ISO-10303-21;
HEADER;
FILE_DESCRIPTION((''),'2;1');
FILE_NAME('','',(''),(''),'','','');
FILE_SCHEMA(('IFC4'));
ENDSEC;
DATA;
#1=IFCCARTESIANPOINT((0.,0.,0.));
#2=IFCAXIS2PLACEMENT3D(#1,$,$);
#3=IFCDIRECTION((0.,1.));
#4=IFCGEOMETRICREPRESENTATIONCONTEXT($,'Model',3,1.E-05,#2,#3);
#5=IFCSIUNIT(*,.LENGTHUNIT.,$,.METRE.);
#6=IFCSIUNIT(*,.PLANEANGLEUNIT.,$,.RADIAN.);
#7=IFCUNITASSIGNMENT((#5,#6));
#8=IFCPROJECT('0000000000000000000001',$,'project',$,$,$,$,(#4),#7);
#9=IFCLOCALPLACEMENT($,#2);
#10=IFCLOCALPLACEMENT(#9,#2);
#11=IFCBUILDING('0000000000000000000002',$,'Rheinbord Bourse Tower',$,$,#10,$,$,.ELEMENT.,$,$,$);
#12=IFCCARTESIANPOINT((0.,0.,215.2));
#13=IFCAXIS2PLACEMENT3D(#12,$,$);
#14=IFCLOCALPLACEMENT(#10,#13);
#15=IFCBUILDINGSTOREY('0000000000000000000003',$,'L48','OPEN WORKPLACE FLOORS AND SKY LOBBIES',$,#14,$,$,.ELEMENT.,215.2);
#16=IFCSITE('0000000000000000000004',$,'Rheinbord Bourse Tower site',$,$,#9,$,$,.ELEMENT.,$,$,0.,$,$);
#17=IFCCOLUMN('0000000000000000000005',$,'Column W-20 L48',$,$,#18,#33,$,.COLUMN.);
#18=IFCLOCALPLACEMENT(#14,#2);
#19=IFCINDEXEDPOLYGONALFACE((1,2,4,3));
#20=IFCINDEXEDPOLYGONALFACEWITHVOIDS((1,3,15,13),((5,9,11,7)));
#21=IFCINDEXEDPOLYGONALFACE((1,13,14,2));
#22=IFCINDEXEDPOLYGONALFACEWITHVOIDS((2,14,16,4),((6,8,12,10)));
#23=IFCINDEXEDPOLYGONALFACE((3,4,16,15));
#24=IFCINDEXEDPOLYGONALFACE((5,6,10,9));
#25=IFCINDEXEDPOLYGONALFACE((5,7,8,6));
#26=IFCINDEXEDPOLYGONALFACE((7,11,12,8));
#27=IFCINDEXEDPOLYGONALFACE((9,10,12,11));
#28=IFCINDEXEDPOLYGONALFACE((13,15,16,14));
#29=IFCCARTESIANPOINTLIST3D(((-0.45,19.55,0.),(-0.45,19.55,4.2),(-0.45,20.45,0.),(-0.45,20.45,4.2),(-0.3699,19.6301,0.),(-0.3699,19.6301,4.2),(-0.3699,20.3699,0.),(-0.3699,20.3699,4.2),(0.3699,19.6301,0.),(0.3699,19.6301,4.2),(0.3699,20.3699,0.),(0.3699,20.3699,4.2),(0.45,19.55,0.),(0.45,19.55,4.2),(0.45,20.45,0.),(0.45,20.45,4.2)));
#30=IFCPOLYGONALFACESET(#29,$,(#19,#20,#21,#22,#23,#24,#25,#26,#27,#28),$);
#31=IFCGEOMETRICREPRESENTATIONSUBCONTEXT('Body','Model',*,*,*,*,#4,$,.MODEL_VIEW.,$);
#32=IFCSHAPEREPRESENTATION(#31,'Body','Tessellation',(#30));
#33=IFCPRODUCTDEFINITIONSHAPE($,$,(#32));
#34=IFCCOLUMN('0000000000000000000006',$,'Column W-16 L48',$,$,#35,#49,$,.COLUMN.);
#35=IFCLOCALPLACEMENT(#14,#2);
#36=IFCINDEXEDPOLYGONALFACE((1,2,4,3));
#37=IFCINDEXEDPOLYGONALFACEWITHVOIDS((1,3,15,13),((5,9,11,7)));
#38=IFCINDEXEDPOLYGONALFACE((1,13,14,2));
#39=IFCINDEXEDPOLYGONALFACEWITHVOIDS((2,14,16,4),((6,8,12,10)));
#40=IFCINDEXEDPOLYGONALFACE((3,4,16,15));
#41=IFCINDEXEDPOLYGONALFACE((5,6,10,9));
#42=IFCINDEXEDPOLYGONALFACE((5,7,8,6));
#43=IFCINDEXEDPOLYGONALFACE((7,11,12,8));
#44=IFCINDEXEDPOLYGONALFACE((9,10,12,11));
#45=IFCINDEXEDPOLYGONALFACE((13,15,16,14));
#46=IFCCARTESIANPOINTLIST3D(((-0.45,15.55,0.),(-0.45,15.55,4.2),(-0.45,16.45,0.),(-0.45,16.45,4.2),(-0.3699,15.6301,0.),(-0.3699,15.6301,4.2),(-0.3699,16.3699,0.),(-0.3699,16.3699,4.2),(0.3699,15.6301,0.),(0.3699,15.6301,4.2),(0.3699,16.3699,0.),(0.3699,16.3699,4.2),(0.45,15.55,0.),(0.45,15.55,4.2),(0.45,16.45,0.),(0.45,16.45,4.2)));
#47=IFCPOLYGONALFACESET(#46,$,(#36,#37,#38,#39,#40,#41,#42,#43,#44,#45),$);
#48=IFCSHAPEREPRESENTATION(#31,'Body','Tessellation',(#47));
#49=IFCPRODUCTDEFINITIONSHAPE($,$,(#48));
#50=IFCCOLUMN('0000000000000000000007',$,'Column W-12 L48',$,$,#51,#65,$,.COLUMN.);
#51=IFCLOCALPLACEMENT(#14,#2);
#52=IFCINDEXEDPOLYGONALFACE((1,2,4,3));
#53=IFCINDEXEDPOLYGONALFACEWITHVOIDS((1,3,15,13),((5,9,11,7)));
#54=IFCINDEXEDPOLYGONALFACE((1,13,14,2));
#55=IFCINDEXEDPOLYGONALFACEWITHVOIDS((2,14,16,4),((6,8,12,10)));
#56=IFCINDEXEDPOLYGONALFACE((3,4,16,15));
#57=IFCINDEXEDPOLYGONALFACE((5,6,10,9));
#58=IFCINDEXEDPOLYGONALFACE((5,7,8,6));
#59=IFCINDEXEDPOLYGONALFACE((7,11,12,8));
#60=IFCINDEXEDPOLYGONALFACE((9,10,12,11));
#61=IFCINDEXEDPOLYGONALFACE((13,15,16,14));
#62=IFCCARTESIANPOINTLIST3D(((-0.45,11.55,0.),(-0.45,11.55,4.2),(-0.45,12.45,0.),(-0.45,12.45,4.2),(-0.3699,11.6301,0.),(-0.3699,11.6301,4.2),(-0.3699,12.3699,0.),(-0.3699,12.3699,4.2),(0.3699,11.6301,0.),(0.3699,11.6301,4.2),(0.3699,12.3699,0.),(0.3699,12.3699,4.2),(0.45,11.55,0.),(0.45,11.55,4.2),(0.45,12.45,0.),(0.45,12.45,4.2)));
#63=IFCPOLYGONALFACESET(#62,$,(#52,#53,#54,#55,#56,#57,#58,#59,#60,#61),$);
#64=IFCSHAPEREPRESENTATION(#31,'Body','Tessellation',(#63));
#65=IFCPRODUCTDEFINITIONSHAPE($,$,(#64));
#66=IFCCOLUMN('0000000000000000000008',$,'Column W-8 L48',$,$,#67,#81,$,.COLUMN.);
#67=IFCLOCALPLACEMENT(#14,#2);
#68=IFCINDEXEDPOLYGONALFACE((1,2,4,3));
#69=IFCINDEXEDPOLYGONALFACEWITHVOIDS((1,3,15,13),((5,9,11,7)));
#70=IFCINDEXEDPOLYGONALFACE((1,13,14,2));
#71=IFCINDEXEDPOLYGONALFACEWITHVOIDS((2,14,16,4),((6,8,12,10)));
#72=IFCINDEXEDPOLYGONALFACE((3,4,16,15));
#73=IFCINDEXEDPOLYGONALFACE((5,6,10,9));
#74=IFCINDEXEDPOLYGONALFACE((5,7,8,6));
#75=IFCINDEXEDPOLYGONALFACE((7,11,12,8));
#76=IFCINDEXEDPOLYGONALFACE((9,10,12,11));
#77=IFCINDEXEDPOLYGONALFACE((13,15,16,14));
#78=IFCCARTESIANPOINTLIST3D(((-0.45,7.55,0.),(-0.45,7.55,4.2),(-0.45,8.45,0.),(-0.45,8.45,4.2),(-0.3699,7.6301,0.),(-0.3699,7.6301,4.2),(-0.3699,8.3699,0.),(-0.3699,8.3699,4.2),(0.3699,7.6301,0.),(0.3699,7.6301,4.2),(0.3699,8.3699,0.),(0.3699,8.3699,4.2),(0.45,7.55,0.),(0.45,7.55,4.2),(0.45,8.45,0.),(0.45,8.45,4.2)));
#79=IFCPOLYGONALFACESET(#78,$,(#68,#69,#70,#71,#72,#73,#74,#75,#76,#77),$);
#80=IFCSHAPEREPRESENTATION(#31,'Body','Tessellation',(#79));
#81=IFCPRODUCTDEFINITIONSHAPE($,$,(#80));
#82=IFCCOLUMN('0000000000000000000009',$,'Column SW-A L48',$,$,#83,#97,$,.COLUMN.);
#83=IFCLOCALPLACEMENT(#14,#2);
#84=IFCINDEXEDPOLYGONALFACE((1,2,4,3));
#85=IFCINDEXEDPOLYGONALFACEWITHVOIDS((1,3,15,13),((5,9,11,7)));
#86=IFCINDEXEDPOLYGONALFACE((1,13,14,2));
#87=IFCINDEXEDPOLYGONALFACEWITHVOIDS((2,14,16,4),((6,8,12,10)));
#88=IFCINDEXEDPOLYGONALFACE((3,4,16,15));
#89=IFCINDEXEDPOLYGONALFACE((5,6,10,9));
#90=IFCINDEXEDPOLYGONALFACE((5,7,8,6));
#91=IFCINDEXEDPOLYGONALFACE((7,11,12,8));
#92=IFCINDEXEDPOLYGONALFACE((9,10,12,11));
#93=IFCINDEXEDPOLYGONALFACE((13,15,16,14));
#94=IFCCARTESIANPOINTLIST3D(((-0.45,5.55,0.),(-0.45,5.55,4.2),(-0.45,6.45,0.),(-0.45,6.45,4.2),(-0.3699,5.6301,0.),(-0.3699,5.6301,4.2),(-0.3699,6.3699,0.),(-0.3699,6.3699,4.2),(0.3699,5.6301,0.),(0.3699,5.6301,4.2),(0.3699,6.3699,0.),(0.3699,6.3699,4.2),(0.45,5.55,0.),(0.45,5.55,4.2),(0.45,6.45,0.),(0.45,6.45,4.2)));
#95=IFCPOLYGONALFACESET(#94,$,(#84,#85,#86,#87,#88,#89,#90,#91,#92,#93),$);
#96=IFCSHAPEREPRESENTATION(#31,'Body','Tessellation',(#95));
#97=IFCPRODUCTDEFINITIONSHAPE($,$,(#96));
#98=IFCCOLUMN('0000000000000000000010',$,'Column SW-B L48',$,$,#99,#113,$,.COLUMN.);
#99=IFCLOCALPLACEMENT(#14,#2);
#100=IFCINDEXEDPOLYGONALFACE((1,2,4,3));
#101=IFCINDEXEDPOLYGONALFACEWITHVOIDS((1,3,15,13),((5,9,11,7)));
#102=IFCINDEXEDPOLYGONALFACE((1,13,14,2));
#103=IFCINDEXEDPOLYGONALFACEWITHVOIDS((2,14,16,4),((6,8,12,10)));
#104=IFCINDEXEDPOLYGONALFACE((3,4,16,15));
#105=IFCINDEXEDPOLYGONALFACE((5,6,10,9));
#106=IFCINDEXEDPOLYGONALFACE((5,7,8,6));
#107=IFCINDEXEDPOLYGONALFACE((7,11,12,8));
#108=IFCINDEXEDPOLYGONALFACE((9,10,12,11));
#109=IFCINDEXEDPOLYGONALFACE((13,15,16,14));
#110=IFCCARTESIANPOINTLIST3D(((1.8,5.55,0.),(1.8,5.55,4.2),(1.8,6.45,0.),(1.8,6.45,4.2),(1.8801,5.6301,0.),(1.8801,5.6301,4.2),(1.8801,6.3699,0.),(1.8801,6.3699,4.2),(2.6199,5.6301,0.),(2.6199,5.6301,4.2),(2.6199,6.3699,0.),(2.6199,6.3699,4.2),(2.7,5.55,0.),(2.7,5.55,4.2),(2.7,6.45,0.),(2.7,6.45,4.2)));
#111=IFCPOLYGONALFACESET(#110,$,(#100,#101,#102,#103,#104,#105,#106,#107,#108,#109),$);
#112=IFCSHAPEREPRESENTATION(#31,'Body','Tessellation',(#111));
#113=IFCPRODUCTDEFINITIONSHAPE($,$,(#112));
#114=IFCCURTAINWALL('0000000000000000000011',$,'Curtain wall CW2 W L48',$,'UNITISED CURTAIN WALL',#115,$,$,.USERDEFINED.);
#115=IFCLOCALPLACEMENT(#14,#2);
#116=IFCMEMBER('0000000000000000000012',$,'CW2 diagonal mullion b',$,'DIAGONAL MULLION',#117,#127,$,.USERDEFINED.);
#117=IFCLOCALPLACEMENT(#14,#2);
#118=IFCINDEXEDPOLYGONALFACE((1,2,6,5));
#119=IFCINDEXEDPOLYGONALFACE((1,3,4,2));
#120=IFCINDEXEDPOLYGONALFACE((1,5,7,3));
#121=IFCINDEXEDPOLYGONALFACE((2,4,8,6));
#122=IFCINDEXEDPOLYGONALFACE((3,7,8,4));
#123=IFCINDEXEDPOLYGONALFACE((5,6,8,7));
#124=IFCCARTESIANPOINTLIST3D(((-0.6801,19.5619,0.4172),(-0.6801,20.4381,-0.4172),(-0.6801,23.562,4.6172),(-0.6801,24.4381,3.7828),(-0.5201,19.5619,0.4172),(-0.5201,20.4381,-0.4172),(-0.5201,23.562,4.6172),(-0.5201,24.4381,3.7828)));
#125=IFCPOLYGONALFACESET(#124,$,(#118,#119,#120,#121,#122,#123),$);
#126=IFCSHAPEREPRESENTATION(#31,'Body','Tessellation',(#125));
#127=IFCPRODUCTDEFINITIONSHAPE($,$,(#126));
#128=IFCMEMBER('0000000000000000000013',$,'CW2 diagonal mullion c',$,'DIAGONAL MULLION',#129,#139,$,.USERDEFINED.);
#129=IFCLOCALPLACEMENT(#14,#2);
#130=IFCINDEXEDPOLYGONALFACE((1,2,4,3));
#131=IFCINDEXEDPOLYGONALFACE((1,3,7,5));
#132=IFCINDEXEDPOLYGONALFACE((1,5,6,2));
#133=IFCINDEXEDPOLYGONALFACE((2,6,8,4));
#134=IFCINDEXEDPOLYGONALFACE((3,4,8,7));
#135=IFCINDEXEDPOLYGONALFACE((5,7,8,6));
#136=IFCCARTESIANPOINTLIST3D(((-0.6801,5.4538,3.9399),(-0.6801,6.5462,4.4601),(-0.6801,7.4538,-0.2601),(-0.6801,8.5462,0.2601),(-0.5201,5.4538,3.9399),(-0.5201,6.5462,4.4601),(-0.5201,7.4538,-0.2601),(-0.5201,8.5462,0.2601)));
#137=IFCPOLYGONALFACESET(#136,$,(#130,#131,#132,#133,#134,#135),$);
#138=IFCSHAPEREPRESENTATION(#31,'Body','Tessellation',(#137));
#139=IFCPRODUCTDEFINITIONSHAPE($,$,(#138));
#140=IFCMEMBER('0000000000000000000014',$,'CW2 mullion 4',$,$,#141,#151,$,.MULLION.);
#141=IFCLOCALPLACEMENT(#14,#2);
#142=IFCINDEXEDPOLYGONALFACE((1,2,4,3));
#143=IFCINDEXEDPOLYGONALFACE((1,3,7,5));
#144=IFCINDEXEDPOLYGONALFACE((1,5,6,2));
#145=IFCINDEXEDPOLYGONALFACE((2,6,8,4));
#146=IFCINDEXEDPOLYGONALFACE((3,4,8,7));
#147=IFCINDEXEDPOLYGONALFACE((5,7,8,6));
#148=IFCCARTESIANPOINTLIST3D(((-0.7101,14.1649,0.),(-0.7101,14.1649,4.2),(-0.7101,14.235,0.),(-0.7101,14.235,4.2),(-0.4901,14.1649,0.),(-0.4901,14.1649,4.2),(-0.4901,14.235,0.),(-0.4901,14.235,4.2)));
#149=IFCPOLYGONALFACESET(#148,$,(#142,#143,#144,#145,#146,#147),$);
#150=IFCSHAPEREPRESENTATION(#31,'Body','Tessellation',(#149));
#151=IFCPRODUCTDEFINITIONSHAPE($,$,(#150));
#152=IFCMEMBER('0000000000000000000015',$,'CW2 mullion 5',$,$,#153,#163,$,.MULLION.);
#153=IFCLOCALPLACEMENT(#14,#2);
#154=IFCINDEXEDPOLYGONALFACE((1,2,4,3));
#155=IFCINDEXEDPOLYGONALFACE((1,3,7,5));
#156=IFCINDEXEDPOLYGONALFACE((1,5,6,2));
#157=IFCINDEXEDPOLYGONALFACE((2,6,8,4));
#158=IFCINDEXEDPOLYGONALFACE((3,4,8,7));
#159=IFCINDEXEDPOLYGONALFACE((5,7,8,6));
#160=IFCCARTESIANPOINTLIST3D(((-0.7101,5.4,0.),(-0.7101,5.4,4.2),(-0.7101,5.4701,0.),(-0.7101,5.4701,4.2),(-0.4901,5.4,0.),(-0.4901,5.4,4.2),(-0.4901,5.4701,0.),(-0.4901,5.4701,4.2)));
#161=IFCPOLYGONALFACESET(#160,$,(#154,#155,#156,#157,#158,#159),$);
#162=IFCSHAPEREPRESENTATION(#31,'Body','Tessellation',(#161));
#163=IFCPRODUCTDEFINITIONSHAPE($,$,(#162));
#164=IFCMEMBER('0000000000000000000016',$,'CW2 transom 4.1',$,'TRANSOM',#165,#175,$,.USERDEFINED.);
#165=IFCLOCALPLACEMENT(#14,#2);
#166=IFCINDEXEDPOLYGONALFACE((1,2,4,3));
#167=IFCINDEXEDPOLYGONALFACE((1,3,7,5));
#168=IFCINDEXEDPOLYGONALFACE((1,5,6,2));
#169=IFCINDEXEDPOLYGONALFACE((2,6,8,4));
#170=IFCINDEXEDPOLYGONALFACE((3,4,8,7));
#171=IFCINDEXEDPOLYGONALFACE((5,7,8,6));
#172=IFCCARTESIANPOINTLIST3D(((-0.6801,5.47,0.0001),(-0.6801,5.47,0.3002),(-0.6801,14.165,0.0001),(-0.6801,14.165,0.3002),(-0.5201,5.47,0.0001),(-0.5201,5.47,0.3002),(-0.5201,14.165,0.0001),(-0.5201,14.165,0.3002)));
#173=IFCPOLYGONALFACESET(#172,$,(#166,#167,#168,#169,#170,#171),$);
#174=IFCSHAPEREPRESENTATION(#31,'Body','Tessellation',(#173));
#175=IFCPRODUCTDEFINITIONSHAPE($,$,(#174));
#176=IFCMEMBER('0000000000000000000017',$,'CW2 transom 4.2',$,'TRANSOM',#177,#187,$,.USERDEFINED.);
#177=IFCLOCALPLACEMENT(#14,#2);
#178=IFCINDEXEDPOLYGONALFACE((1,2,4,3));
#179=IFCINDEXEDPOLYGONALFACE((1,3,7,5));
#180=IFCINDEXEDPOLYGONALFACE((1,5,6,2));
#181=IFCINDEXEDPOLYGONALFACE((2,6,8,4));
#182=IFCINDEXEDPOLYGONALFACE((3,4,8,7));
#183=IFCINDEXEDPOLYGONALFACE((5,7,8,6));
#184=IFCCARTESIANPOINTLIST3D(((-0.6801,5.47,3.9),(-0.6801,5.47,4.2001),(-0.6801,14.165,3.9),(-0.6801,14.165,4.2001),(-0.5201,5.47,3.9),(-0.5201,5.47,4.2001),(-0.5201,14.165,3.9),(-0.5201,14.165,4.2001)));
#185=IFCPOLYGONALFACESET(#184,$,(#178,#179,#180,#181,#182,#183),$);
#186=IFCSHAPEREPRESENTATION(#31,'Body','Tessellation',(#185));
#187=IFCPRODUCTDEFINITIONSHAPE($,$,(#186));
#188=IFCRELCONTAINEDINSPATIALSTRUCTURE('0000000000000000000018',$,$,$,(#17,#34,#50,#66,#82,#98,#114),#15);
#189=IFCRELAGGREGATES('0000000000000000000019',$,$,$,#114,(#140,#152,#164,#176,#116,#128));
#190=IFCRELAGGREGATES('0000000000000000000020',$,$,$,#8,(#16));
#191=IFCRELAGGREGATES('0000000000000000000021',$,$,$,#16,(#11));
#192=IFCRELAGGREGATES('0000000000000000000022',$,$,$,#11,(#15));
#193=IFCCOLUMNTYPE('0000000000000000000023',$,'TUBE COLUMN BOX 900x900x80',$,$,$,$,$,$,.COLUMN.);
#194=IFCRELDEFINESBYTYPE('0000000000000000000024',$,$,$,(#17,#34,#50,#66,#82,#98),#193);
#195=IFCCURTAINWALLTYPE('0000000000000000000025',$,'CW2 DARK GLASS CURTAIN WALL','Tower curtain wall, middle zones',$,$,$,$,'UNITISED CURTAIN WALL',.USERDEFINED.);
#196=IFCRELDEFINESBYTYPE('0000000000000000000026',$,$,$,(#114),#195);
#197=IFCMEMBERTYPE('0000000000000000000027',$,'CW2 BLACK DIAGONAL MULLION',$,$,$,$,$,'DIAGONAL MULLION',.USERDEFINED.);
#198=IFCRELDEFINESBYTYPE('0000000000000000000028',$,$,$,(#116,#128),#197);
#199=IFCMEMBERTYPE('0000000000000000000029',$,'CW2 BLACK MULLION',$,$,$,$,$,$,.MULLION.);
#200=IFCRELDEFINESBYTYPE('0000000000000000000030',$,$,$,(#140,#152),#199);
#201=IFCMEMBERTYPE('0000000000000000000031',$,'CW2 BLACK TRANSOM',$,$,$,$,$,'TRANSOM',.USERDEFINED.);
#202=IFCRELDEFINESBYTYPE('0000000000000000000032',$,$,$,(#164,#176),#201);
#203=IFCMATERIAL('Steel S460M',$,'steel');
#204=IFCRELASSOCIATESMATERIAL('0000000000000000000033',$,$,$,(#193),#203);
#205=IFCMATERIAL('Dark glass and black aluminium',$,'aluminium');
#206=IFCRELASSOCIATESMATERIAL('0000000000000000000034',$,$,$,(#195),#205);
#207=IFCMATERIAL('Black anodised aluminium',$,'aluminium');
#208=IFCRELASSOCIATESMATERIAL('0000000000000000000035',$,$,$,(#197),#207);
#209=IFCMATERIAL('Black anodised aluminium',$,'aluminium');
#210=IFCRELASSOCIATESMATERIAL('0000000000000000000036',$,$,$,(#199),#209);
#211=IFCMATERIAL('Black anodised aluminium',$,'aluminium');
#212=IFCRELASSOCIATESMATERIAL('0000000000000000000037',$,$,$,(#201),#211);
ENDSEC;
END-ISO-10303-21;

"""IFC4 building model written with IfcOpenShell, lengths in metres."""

from ifc_helpers import new_model, si_unit, direction, frame, origin, origin_2d, place, context, subcontext, project, spatial, rectangle, hollow_rectangle, extrude, material, material_profile, profile_set, type_object, element, aggregate, save


model = new_model("IFC4")

# Units and contexts
model_context = context("Model", 3, precision=1e-05, world=origin(), true_north=direction((0.0, 1.0)))
body_context = subcontext(model_context, "Body", "Model", "MODEL_VIEW")
ifc_project = project(units=[si_unit("LENGTHUNIT", "METRE"), si_unit("PLANEANGLEUNIT", "RADIAN")], contexts=[model_context])

# Site, building, storey
site_placement = place(None, origin())
site = spatial("IfcSite", under=ifc_project, at=site_placement, Name="Rheinbord Bourse Tower site", CompositionType="ELEMENT", RefElevation=0.0)
building_placement = place(site_placement, origin())
building = spatial("IfcBuilding", under=site, at=building_placement, Name="Rheinbord Bourse Tower", CompositionType="ELEMENT")
storey_placement = place(building_placement, frame((0.0, 0.0, 215.2)))
storey = spatial("IfcBuildingStorey", under=building, at=storey_placement, Name="L48", Description="OPEN WORKPLACE FLOORS AND SKY LOBBIES", CompositionType="ELEMENT", Elevation=215.2)

# Columns
ifc_material_1 = material(Name="Steel S460M", Category="steel")
ifc_material_profile_1 = material_profile(ifc_material_1, hollow_rectangle(XDim=0.8999, YDim=0.8999, WallThickness=0.0801, at=origin_2d()), Name="BOX 900x900x80")
ifc_profile_set_1 = profile_set([ifc_material_profile_1], Name="Steel S460M")
column_type = type_object("IfcColumnType", Name="TUBE COLUMN BOX 900x900x80", PredefinedType="COLUMN", material=ifc_profile_set_1)
for number, where, z_axis, x_axis, name in (
    (1, (0.0, 20.0, 0.0), (0.0, 0.0, 1.0), (1.0, 0.0, 0.0), "Column W-20 L48"),
    (2, (0.0, 16.0, 0.0), (0.0, 0.0, 1.0), (1.0, 0.0, 0.0), "Column W-16 L48"),
    (3, (0.0, 12.0, 0.0), (0.0, 0.0, 1.0), (1.0, 0.0, 0.0), "Column W-12 L48"),
    (4, (0.0, 8.0, 0.0), (0.0, 0.0, 1.0), (1.0, 0.0, 0.0), "Column W-8 L48"),
    (5, (0.0, 6.0, 0.0), (0.0, 0.0, 1.0), (1.0, 0.0, 0.0), "Column SW-A L48"),
    (6, (2.25, 6.0, 0.0), (0.0, 0.0, 1.0), (1.0, 0.0, 0.0), "Column SW-B L48"),
):
    element("IfcColumn", number, at=place(storey_placement, frame(where, z_axis=z_axis, x_axis=x_axis)), inside=storey, type_object=column_type, Name=name, PredefinedType="COLUMN", context=body_context, shape_type="SweptSolid", body=[
        extrude(hollow_rectangle(XDim=0.8999, YDim=0.8999, WallThickness=0.0801, at=origin_2d()), origin(), (0.0, 0.0, 1.0), 4.2),
    ])

# Curtain wall, members
ifc_material_2 = material(Name="Dark glass and black aluminium", Category="aluminium")
curtain_wall_type = type_object("IfcCurtainWallType", Name="CW2 DARK GLASS CURTAIN WALL", Description="Tower curtain wall, middle zones", ElementType="UNITISED CURTAIN WALL", PredefinedType="USERDEFINED", material=ifc_material_2)
curtain_wall_placement = place(storey_placement, origin())
curtain_wall = element("IfcCurtainWall", 7, at=curtain_wall_placement, inside=storey, type_object=curtain_wall_type, Name="Curtain wall CW2 W L48", ObjectType="UNITISED CURTAIN WALL", PredefinedType="USERDEFINED")
ifc_material_3 = material(Name="Black anodised aluminium", Category="aluminium")
ifc_material_profile_2 = material_profile(ifc_material_3, rectangle(XDim=0.1599, YDim=1.21, at=origin_2d()), Name="CW2 DIAGONAL MULLION 1210x160")
ifc_profile_set_2 = profile_set([ifc_material_profile_2], Name="Black anodised aluminium")
member_type_1 = type_object("IfcMemberType", Name="CW2 BLACK DIAGONAL MULLION", ElementType="DIAGONAL MULLION", PredefinedType="USERDEFINED", material=ifc_profile_set_2)
member_1_placement = place(storey_placement, frame((-0.6001, 20.0, 0.0), z_axis=(0.0, 0.689659, 0.724134), x_axis=(-1.0, 0.0, 0.0)))
member_1 = element("IfcMember", 8, at=member_1_placement, type_object=member_type_1, Name="CW2 diagonal mullion b", ObjectType="DIAGONAL MULLION", PredefinedType="USERDEFINED", context=body_context, shape_type="SweptSolid", body=[
    extrude(rectangle(XDim=0.1599, YDim=1.21, at=origin_2d()), origin(), (0.0, 0.0, 1.0), 5.8),
])
member_2_placement = place(storey_placement, frame((-0.6001, 8.0, 0.0), z_axis=(0.0, -0.429938, 0.902859), x_axis=(1.0, 0.0, 0.0)))
member_2 = element("IfcMember", 9, at=member_2_placement, type_object=member_type_1, Name="CW2 diagonal mullion c", ObjectType="DIAGONAL MULLION", PredefinedType="USERDEFINED", context=body_context, shape_type="SweptSolid", body=[
    extrude(rectangle(XDim=0.1599, YDim=1.21, at=origin_2d()), origin(), (0.0, 0.0, 1.0), 4.6519),
])
ifc_material_4 = material(Name="Black anodised aluminium", Category="aluminium")
ifc_material_profile_3 = material_profile(ifc_material_4, rectangle(XDim=0.22, YDim=0.0701, at=origin_2d()), Name="CW2 MULLION 70x220")
ifc_profile_set_3 = profile_set([ifc_material_profile_3], Name="Black anodised aluminium")
member_type_2 = type_object("IfcMemberType", Name="CW2 BLACK MULLION", PredefinedType="MULLION", material=ifc_profile_set_3)
member_3_placement = place(storey_placement, frame((-0.6001, 14.2, 0.0), z_axis=(0.0, 0.0, 1.0), x_axis=(1.0, 0.0, 0.0)))
member_3 = element("IfcMember", 10, at=member_3_placement, type_object=member_type_2, Name="CW2 mullion 4", PredefinedType="MULLION", context=body_context, shape_type="SweptSolid", body=[
    extrude(rectangle(XDim=0.22, YDim=0.0701, at=origin_2d()), origin(), (0.0, 0.0, 1.0), 4.2),
])
member_4_placement = place(storey_placement, frame((-0.6001, 5.4351, 0.0), z_axis=(0.0, 0.0, 1.0), x_axis=(1.0, 0.0, 0.0)))
member_4 = element("IfcMember", 11, at=member_4_placement, type_object=member_type_2, Name="CW2 mullion 5", PredefinedType="MULLION", context=body_context, shape_type="SweptSolid", body=[
    extrude(rectangle(XDim=0.22, YDim=0.0701, at=origin_2d()), origin(), (0.0, 0.0, 1.0), 4.2),
])
ifc_material_5 = material(Name="Black anodised aluminium", Category="aluminium")
ifc_material_profile_4 = material_profile(ifc_material_5, rectangle(XDim=0.1599, YDim=0.3, at=origin_2d()), Name="CW2 TRANSOM 300x160")
ifc_profile_set_4 = profile_set([ifc_material_profile_4], Name="Black anodised aluminium")
member_type_3 = type_object("IfcMemberType", Name="CW2 BLACK TRANSOM", ElementType="TRANSOM", PredefinedType="USERDEFINED", material=ifc_profile_set_4)
member_5_placement = place(storey_placement, frame((-0.6001, 14.165, 0.1501), z_axis=(0.0, -1.0, 0.0), x_axis=(1.0, 0.0, 0.0)))
member_5 = element("IfcMember", 12, at=member_5_placement, type_object=member_type_3, Name="CW2 transom 4.1", ObjectType="TRANSOM", PredefinedType="USERDEFINED", context=body_context, shape_type="SweptSolid", body=[
    extrude(rectangle(XDim=0.1599, YDim=0.3, at=origin_2d()), origin(), (0.0, 0.0, 1.0), 8.6951),
])
member_6_placement = place(storey_placement, frame((-0.6001, 14.165, 4.05), z_axis=(0.0, -1.0, 0.0), x_axis=(1.0, 0.0, 0.0)))
member_6 = element("IfcMember", 13, at=member_6_placement, type_object=member_type_3, Name="CW2 transom 4.2", ObjectType="TRANSOM", PredefinedType="USERDEFINED", context=body_context, shape_type="SweptSolid", body=[
    extrude(rectangle(XDim=0.1599, YDim=0.3, at=origin_2d()), origin(), (0.0, 0.0, 1.0), 8.6951),
])

aggregate(curtain_wall, [member_3, member_4, member_5, member_6, member_1, member_2])

save(model, "model.ifc")
